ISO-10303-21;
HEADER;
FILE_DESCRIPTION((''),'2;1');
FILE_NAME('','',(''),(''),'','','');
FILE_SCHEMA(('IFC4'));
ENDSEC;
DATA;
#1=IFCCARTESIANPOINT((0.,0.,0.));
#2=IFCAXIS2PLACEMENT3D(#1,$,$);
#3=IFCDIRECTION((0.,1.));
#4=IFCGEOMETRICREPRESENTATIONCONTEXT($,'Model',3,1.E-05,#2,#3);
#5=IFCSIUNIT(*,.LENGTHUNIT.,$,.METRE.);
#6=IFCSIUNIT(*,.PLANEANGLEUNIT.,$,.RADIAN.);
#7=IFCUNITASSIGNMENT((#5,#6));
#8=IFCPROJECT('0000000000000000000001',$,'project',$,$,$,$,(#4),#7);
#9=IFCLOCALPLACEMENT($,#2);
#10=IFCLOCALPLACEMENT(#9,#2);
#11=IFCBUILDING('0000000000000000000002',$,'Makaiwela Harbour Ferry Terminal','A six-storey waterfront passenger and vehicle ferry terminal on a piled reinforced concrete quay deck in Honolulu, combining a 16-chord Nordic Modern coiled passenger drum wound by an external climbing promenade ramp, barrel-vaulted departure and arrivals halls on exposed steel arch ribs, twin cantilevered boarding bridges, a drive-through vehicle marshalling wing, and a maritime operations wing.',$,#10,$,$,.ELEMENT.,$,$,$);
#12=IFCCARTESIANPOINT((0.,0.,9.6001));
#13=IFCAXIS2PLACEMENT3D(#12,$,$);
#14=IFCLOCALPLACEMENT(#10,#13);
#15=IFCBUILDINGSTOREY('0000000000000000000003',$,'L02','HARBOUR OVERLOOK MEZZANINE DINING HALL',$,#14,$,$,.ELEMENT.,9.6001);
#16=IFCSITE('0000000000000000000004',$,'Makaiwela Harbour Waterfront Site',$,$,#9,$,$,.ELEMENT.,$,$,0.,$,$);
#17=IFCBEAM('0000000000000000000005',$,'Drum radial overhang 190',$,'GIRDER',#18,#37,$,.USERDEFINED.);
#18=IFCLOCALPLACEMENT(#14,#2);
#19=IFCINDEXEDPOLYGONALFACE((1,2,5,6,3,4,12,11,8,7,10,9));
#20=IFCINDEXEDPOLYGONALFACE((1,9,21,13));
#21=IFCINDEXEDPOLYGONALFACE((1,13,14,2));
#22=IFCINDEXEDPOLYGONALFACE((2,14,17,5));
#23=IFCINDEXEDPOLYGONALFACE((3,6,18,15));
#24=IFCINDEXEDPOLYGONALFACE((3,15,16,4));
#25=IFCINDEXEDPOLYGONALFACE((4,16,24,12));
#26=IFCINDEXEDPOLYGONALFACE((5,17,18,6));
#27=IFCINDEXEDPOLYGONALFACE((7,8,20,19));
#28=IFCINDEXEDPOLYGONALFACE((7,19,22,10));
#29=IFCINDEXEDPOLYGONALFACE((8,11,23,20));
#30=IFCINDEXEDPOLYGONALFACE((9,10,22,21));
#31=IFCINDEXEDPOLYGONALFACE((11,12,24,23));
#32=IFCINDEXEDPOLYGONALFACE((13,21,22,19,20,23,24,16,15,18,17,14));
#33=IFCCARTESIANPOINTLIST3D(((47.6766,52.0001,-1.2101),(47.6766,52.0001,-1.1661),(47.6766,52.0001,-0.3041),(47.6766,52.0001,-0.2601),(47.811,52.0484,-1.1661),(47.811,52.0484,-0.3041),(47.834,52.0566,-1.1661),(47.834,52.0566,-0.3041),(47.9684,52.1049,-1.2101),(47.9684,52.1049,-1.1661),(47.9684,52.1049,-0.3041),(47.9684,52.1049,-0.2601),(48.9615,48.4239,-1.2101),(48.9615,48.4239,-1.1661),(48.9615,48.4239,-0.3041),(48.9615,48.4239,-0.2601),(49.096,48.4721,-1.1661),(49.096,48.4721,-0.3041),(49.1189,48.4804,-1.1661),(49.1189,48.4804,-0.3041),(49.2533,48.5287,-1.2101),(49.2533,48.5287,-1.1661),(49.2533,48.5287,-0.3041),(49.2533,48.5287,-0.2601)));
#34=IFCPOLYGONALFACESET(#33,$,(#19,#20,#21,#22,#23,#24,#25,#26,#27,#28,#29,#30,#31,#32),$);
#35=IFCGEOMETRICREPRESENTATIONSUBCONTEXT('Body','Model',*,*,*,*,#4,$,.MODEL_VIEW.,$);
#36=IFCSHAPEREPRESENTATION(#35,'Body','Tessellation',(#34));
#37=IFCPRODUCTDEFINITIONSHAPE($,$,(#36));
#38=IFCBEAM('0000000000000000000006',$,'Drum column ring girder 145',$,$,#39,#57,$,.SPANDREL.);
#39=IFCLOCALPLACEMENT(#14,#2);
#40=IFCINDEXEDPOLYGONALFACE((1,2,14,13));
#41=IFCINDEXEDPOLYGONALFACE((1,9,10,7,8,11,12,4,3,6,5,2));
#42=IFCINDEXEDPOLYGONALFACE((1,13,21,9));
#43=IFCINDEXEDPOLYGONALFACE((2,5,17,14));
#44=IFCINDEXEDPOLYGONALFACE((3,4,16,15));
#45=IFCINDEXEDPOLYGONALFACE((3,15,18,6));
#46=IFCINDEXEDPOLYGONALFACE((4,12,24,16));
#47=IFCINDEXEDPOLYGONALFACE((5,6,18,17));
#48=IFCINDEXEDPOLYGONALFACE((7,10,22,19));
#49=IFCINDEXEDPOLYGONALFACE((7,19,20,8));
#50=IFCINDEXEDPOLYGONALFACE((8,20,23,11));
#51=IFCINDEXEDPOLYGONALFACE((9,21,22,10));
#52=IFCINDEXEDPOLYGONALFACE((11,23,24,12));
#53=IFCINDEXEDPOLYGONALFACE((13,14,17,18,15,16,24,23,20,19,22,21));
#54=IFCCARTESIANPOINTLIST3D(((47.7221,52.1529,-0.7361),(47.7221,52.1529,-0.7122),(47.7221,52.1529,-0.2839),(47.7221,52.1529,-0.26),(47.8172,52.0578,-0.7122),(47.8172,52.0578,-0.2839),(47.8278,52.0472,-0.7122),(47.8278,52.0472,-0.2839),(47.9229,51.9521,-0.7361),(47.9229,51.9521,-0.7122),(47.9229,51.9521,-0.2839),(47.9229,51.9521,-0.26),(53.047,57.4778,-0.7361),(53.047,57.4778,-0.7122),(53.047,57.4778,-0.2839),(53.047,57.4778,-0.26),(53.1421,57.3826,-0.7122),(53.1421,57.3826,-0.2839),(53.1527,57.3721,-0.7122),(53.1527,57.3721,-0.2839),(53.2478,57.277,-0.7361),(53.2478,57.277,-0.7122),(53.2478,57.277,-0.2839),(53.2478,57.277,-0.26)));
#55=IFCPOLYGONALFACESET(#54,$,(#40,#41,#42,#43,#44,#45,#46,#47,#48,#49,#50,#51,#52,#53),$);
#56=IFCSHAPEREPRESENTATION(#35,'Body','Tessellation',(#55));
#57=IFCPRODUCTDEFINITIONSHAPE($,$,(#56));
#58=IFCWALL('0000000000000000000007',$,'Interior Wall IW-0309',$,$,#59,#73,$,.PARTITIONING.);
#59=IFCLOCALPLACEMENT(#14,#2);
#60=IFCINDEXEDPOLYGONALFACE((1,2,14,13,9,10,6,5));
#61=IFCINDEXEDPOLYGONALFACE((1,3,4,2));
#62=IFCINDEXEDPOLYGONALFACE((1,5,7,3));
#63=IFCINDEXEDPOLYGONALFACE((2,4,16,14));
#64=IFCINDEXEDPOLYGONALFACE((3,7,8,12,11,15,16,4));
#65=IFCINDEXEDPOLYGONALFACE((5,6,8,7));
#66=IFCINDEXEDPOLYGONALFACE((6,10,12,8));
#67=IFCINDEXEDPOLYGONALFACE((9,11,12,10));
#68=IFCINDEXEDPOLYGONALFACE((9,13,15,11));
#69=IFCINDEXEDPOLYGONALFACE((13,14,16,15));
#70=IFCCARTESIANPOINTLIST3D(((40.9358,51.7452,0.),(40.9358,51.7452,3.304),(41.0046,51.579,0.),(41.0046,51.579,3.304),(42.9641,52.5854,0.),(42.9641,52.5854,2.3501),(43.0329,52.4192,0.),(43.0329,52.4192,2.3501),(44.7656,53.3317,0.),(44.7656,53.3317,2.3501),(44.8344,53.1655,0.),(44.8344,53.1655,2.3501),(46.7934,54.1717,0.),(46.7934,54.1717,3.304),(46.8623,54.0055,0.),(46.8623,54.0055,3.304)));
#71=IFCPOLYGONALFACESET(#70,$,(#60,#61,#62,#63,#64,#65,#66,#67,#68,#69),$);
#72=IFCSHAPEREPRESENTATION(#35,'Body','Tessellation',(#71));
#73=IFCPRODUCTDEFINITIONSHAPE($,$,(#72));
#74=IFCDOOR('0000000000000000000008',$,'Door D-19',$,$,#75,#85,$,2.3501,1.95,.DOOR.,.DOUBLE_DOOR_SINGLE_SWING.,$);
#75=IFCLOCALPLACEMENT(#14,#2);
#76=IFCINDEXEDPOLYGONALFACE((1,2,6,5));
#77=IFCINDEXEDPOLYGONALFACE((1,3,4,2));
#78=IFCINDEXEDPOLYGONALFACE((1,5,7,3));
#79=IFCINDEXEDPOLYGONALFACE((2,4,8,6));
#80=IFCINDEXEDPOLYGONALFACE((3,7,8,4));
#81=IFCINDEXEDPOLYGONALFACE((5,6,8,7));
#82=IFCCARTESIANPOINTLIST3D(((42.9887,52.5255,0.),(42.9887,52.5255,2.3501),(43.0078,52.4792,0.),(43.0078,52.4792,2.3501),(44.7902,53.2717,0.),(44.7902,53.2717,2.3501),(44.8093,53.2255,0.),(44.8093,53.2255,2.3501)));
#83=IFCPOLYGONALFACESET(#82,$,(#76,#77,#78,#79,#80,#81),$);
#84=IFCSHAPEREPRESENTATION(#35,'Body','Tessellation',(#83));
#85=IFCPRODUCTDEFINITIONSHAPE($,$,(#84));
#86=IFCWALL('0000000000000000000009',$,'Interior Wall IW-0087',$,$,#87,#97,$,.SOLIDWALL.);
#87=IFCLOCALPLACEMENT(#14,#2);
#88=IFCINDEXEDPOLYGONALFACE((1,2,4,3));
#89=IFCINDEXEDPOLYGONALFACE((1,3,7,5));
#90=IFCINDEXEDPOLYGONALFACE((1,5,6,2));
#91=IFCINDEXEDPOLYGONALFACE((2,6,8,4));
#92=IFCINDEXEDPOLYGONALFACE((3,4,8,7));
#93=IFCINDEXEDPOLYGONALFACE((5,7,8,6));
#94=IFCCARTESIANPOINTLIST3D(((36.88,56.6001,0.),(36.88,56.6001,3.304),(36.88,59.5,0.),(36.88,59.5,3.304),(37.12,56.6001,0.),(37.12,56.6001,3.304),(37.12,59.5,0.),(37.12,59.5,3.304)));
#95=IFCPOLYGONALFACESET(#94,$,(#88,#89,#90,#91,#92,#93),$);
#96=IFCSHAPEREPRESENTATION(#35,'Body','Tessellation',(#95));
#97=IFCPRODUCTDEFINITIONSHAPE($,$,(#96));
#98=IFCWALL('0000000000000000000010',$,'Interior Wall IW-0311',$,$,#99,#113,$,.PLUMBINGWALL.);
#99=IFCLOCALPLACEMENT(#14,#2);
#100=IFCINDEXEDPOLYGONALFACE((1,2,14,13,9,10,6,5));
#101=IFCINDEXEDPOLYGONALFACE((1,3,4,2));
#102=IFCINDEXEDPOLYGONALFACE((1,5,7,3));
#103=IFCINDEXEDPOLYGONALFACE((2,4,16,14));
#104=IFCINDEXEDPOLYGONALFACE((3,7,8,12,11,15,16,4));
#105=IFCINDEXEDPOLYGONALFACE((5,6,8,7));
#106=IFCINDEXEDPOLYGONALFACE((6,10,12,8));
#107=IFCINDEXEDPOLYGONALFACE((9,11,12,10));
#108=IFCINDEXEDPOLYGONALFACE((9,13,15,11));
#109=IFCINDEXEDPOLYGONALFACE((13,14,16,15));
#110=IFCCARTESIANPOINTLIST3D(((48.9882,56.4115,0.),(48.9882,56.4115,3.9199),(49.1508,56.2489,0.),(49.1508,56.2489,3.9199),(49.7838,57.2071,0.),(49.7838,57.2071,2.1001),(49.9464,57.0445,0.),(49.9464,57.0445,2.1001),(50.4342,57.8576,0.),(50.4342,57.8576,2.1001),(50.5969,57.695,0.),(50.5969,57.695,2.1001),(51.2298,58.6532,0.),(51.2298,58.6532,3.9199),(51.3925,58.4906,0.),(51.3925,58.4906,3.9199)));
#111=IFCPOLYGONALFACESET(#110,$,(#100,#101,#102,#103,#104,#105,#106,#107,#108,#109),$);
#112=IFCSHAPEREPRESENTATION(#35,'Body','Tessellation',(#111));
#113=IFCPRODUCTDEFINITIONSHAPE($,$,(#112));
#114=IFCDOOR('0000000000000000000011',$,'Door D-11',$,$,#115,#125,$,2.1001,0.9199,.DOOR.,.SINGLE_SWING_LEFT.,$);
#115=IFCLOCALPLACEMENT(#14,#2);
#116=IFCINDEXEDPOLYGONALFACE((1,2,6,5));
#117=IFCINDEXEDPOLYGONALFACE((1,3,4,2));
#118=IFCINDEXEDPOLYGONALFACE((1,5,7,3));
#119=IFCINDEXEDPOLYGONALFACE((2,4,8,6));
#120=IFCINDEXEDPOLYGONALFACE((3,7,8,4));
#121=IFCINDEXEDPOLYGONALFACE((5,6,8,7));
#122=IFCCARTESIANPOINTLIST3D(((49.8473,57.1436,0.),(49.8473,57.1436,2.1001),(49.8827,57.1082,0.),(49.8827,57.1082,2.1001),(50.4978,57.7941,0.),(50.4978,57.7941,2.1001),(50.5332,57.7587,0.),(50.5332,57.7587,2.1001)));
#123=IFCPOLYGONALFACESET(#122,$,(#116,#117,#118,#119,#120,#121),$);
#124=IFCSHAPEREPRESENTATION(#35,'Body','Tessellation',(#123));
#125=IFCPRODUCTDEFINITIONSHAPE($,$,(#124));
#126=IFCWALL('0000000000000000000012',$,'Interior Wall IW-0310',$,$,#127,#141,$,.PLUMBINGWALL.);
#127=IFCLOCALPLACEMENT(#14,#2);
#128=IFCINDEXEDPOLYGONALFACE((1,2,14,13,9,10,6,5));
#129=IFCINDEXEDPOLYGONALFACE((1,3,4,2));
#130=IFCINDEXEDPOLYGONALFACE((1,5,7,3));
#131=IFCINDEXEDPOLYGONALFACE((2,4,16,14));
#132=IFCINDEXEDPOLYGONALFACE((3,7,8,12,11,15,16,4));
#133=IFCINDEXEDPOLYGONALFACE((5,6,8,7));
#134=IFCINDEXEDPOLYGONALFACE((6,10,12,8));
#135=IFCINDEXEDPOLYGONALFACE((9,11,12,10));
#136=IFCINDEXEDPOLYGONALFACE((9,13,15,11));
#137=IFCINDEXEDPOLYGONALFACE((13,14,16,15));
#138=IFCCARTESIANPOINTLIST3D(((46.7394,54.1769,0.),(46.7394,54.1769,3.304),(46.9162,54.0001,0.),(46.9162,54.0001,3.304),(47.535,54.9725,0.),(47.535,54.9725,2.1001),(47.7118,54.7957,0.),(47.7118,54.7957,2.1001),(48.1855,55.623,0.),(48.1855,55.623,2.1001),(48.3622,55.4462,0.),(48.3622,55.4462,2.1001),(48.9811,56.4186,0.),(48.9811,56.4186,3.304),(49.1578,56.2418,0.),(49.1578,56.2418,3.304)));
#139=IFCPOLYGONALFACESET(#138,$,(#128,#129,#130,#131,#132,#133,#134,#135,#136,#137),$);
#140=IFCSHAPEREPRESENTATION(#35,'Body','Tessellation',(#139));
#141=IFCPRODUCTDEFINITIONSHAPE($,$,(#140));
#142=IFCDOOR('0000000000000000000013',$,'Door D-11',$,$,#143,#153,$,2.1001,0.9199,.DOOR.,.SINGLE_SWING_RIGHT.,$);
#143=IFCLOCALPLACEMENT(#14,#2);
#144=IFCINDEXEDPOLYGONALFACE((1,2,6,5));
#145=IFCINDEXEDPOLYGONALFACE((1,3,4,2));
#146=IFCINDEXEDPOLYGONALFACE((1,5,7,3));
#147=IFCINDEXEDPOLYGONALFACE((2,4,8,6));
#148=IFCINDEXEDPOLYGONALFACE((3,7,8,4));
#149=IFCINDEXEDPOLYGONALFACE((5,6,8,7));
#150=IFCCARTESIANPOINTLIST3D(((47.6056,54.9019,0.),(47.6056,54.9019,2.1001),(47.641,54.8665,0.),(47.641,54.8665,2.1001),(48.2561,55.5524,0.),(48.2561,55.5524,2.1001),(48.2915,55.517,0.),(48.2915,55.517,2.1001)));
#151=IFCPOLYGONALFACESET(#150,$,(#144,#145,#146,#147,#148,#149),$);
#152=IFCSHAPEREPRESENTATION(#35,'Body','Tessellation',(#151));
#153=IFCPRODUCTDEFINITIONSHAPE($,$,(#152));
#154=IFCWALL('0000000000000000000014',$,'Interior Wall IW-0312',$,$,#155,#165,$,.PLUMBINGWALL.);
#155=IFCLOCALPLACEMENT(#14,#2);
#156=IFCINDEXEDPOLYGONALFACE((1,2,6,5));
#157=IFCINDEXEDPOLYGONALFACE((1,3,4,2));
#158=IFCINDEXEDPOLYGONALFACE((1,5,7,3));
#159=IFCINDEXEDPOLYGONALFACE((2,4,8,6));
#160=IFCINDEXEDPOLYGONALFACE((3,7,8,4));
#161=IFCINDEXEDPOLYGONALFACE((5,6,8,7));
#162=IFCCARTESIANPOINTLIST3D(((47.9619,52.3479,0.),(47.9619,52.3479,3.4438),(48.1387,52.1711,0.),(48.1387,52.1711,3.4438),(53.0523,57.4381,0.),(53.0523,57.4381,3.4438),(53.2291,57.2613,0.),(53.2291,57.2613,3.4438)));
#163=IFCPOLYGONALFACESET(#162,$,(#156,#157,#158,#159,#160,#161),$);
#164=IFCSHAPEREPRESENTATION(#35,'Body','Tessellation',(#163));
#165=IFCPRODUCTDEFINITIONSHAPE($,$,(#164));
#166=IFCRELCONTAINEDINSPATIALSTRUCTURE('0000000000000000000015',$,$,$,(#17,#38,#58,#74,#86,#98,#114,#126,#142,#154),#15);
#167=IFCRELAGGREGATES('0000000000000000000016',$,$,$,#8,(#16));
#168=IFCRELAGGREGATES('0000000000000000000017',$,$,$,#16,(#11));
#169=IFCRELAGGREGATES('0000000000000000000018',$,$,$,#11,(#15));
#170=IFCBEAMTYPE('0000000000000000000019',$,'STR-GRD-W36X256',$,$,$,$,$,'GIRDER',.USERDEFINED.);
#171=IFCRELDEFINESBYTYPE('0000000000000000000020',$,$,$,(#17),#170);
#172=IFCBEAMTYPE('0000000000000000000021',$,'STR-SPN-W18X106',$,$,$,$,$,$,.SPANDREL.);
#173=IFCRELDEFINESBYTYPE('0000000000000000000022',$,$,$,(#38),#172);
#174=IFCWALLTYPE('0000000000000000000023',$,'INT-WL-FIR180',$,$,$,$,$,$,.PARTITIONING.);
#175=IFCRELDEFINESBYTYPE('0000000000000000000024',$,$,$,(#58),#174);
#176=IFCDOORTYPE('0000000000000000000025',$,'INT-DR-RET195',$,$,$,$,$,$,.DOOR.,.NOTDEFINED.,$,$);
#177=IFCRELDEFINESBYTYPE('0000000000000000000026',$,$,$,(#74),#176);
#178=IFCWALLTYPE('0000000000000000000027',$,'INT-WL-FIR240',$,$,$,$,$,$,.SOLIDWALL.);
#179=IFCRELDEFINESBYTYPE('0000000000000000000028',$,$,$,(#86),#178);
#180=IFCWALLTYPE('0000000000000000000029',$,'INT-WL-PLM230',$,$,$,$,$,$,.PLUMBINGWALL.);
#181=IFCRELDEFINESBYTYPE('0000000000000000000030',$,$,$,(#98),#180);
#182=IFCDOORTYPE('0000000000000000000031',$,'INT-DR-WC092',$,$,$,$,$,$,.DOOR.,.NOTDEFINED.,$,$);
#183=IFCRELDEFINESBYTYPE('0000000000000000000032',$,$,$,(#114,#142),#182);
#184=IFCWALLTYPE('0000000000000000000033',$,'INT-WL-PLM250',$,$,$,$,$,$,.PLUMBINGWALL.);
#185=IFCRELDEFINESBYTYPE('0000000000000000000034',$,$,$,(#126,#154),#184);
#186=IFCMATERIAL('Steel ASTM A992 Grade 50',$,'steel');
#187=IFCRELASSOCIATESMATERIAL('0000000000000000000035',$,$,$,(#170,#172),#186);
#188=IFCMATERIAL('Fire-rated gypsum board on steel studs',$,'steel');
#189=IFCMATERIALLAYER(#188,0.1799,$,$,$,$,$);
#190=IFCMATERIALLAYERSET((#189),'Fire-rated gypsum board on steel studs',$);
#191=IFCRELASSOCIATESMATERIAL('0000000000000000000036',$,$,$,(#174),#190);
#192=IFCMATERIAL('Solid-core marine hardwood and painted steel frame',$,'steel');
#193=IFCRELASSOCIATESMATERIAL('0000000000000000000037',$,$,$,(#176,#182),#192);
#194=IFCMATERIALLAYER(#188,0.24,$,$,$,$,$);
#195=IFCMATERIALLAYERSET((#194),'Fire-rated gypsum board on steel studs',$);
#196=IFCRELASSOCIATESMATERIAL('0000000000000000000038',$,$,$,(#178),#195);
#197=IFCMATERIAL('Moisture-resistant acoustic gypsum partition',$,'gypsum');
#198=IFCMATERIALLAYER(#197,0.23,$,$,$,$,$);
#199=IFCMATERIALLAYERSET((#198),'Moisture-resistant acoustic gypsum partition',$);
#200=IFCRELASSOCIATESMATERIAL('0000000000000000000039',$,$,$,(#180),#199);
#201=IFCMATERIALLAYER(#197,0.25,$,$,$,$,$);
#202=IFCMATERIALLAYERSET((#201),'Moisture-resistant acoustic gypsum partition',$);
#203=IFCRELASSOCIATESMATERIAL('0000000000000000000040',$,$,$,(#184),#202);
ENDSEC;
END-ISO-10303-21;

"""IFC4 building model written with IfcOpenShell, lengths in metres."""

from ifc_helpers import new_model, si_unit, direction, frame, frame_2d, origin, origin_2d, place, context, subcontext, project, spatial, rectangle, i_section, extrude, material, layer, layer_set, material_profile, profile_set, type_object, element, fill, save


model = new_model("IFC4")

# Units and contexts
model_context = context("Model", 3, precision=1e-05, world=origin(), true_north=direction((0.0, 1.0)))
body_context = subcontext(model_context, "Body", "Model", "MODEL_VIEW")
ifc_project = project(units=[si_unit("LENGTHUNIT", "METRE"), si_unit("PLANEANGLEUNIT", "RADIAN")], contexts=[model_context])

# Site, building, storey
site_placement = place(None, origin())
site = spatial("IfcSite", under=ifc_project, at=site_placement, Name="Makaiwela Harbour Waterfront Site", CompositionType="ELEMENT", RefElevation=0.0)
building_placement = place(site_placement, origin())
building = spatial("IfcBuilding", under=site, at=building_placement, Name="Makaiwela Harbour Ferry Terminal", Description="A six-storey waterfront passenger and vehicle ferry terminal on a piled reinforced concrete quay deck in Honolulu, combining a 16-chord Nordic Modern coiled passenger drum wound by an external climbing promenade ramp, barrel-vaulted departure and arrivals halls on exposed steel arch ribs, twin cantilevered boarding bridges, a drive-through vehicle marshalling wing, and a maritime operations wing.", CompositionType="ELEMENT")
storey_placement = place(building_placement, frame((0.0, 0.0, 9.6001)))
storey = spatial("IfcBuildingStorey", under=building, at=storey_placement, Name="L02", Description="HARBOUR OVERLOOK MEZZANINE DINING HALL", CompositionType="ELEMENT", Elevation=9.6001)

# Shared definitions
ifc_material_1 = material(Name="Steel ASTM A992 Grade 50", Category="steel")

# Beams
ifc_material_profile_1 = material_profile(ifc_material_1, i_section(OverallWidth=0.3101, OverallDepth=0.95, WebThickness=0.0244, FlangeThickness=0.0439, at=origin_2d()), Name="W36X256")
ifc_profile_set_1 = profile_set([ifc_material_profile_1], Name="Steel ASTM A992 Grade 50")
beam_type_1 = type_object("IfcBeamType", Name="STR-GRD-W36X256", ElementType="GIRDER", PredefinedType="USERDEFINED", material=ifc_profile_set_1)
beam_1_placement = place(storey_placement, frame((47.8225, 52.0525, -0.7351), z_axis=(0.338135, -0.941098, 0.0), x_axis=(0.941098, 0.338135, 0.0)))
element("IfcBeam", 1, at=beam_1_placement, inside=storey, type_object=beam_type_1, Name="Drum radial overhang 190", ObjectType="GIRDER", PredefinedType="USERDEFINED", context=body_context, shape_type="SweptSolid", body=[
    extrude(i_section(OverallWidth=0.3101, OverallDepth=0.95, WebThickness=0.0244, FlangeThickness=0.0439, at=origin_2d()), origin(), (0.0, 0.0, 1.0), 3.8),
])
ifc_material_profile_2 = material_profile(ifc_material_1, i_section(OverallWidth=0.2839, OverallDepth=0.4761, WebThickness=0.0149, FlangeThickness=0.0239, at=origin_2d()), Name="W18X106")
ifc_profile_set_2 = profile_set([ifc_material_profile_2], Name="Steel ASTM A992 Grade 50")
beam_type_2 = type_object("IfcBeamType", Name="STR-SPN-W18X106", PredefinedType="SPANDREL", material=ifc_profile_set_2)
beam_2_placement = place(storey_placement, frame((47.8225, 52.0525, -0.498), z_axis=(0.707107, 0.707107, 0.0), x_axis=(-0.707107, 0.707107, 0.0)))
element("IfcBeam", 2, at=beam_2_placement, inside=storey, type_object=beam_type_2, Name="Drum column ring girder 145", PredefinedType="SPANDREL", context=body_context, shape_type="SweptSolid", body=[
    extrude(i_section(OverallWidth=0.2839, OverallDepth=0.4761, WebThickness=0.0149, FlangeThickness=0.0239, at=origin_2d()), origin(), (0.0, 0.0, 1.0), 7.5305),
])

# Wall, opening, door
ifc_material_2 = material(Name="Fire-rated gypsum board on steel studs", Category="steel")
ifc_layer_1 = layer(ifc_material_2, 0.1799)
ifc_layer_set_1 = layer_set([ifc_layer_1], Name="Fire-rated gypsum board on steel studs")
wall_type_1 = type_object("IfcWallType", Name="INT-WL-FIR180", PredefinedType="PARTITIONING", material=ifc_layer_set_1)
wall_1_placement = place(storey_placement, frame((40.9702, 51.6621, 0.0), z_axis=(0.0, 0.0, 1.0), x_axis=(0.923869, 0.382709, 0.0)))
wall_1 = element("IfcWall", 3, at=wall_1_placement, inside=storey, type_object=wall_type_1, Name="Interior Wall IW-0309", PredefinedType="PARTITIONING", context=body_context, shape_type="SweptSolid", body=[
    extrude(rectangle(XDim=6.3403, YDim=0.1799, at=frame_2d((3.1702, 0.0))), origin(), (0.0, 0.0, 1.0), 3.304),
])
opening_1_placement = place(wall_1_placement, frame((2.1953, 0.0, 0.0)))
opening_1 = element("IfcOpeningElement", 4, at=opening_1_placement, cuts=wall_1, PredefinedType="OPENING", context=body_context, shape_type="SweptSolid", body=[
    extrude(rectangle(XDim=1.95, YDim=2.3501, at=frame_2d((0.9751, 1.175))), frame((0.0, 0.0999, 0.0), z_axis=(0.0, -1.0, 0.0), x_axis=(1.0, 0.0, 0.0)), (0.0, 0.0, 1.0), 0.2),
])
ifc_material_3 = material(Name="Solid-core marine hardwood and painted steel frame", Category="steel")
door_type_1 = type_object("IfcDoorType", Name="INT-DR-RET195", OperationType="NOTDEFINED", PredefinedType="DOOR", material=ifc_material_3)
door_1_placement = place(opening_1_placement, frame((1.95, 0.0, 0.0), z_axis=(0.0, 0.0, 1.0), x_axis=(-1.0, 0.0, 0.0)))
door_1 = element("IfcDoor", 5, at=door_1_placement, inside=storey, type_object=door_type_1, Name="Door D-19", OperationType="DOUBLE_DOOR_SINGLE_SWING", OverallHeight=2.3501, OverallWidth=1.95, PredefinedType="DOOR", context=body_context, shape_type="SweptSolid", body=[
    extrude(rectangle(XDim=1.95, YDim=2.3501, at=frame_2d((0.9751, 1.175))), frame((0.0, 0.0249, 0.0), z_axis=(0.0, -1.0, 0.0), x_axis=(1.0, 0.0, 0.0)), (0.0, 0.0, 1.0), 0.05),
])
fill(opening_1, door_1)

# Wall
ifc_layer_2 = layer(ifc_material_2, 0.24)
ifc_layer_set_2 = layer_set([ifc_layer_2], Name="Fire-rated gypsum board on steel studs")
wall_type_2 = type_object("IfcWallType", Name="INT-WL-FIR240", PredefinedType="SOLIDWALL", material=ifc_layer_set_2)
wall_2_placement = place(storey_placement, frame((37.0, 56.6001, 0.0), z_axis=(0.0, 0.0, 1.0), x_axis=(0.0, 1.0, 0.0)))
element("IfcWall", 6, at=wall_2_placement, inside=storey, type_object=wall_type_2, Name="Interior Wall IW-0087", PredefinedType="SOLIDWALL", context=body_context, shape_type="SweptSolid", body=[
    extrude(rectangle(XDim=2.8999, YDim=0.24, at=frame_2d((1.45, 0.0))), origin(), (0.0, 0.0, 1.0), 3.304),
])

# Walls, openings, doors
ifc_material_4 = material(Name="Moisture-resistant acoustic gypsum partition", Category="gypsum")
ifc_layer_3 = layer(ifc_material_4, 0.23)
ifc_layer_set_3 = layer_set([ifc_layer_3], Name="Moisture-resistant acoustic gypsum partition")
wall_type_3 = type_object("IfcWallType", Name="INT-WL-PLM230", PredefinedType="PLUMBINGWALL", material=ifc_layer_set_3)
wall_3_placement = place(storey_placement, frame((49.0696, 56.3303, 0.0), z_axis=(0.0, 0.0, 1.0), x_axis=(0.707107, 0.707107, 0.0)))
wall_3 = element("IfcWall", 7, at=wall_3_placement, inside=storey, type_object=wall_type_3, Name="Interior Wall IW-0311", PredefinedType="PLUMBINGWALL", context=body_context, shape_type="SweptSolid", body=[
    extrude(rectangle(XDim=3.1702, YDim=0.23, at=frame_2d((1.585, 0.0))), origin(), (0.0, 0.0, 1.0), 3.9199),
])
opening_2_placement = place(wall_3_placement, frame((1.125, 0.0, 0.0)))
opening_2 = element("IfcOpeningElement", 8, at=opening_2_placement, cuts=wall_3, PredefinedType="OPENING", context=body_context, shape_type="SweptSolid", body=[
    extrude(rectangle(XDim=0.9199, YDim=2.1001, at=frame_2d((0.46, 1.05))), frame((0.0, 0.125, 0.0), z_axis=(0.0, -1.0, 0.0), x_axis=(1.0, 0.0, 0.0)), (0.0, 0.0, 1.0), 0.25),
])
door_type_2 = type_object("IfcDoorType", Name="INT-DR-WC092", OperationType="NOTDEFINED", PredefinedType="DOOR", material=ifc_material_3)
door_2_placement = place(opening_2_placement, frame((0.9199, 0.0, 0.0), z_axis=(0.0, 0.0, 1.0), x_axis=(-1.0, 0.0, 0.0)))
door_2 = element("IfcDoor", 9, at=door_2_placement, inside=storey, type_object=door_type_2, Name="Door D-11", OperationType="SINGLE_SWING_LEFT", OverallHeight=2.1001, OverallWidth=0.9199, PredefinedType="DOOR", context=body_context, shape_type="SweptSolid", body=[
    extrude(rectangle(XDim=0.9199, YDim=2.1001, at=frame_2d((0.46, 1.05))), frame((0.0, 0.0249, 0.0), z_axis=(0.0, -1.0, 0.0), x_axis=(1.0, 0.0, 0.0)), (0.0, 0.0, 1.0), 0.05),
])
fill(opening_2, door_2)
ifc_layer_4 = layer(ifc_material_4, 0.25)
ifc_layer_set_4 = layer_set([ifc_layer_4], Name="Moisture-resistant acoustic gypsum partition")
wall_type_4 = type_object("IfcWallType", Name="INT-WL-PLM250", PredefinedType="PLUMBINGWALL", material=ifc_layer_set_4)
wall_4_placement = place(storey_placement, frame((46.8279, 54.0886, 0.0), z_axis=(0.0, 0.0, 1.0), x_axis=(0.707107, 0.707107, 0.0)))
wall_4 = element("IfcWall", 10, at=wall_4_placement, inside=storey, type_object=wall_type_4, Name="Interior Wall IW-0310", PredefinedType="PLUMBINGWALL", context=body_context, shape_type="SweptSolid", body=[
    extrude(rectangle(XDim=3.1702, YDim=0.25, at=frame_2d((1.585, 0.0))), origin(), (0.0, 0.0, 1.0), 3.304),
])
opening_3_placement = place(wall_4_placement, frame((1.125, 0.0, 0.0)))
opening_3 = element("IfcOpeningElement", 11, at=opening_3_placement, cuts=wall_4, PredefinedType="OPENING", context=body_context, shape_type="SweptSolid", body=[
    extrude(rectangle(XDim=0.9199, YDim=2.1001, at=frame_2d((0.46, 1.05))), frame((0.0, 0.135, 0.0), z_axis=(0.0, -1.0, 0.0), x_axis=(1.0, 0.0, 0.0)), (0.0, 0.0, 1.0), 0.27),
])
door_3_placement = place(opening_3_placement, frame((0.9199, 0.0, 0.0), z_axis=(0.0, 0.0, 1.0), x_axis=(-1.0, 0.0, 0.0)))
door_3 = element("IfcDoor", 12, at=door_3_placement, inside=storey, type_object=door_type_2, Name="Door D-11", OperationType="SINGLE_SWING_RIGHT", OverallHeight=2.1001, OverallWidth=0.9199, PredefinedType="DOOR", context=body_context, shape_type="SweptSolid", body=[
    extrude(rectangle(XDim=0.9199, YDim=2.1001, at=frame_2d((0.46, 1.05))), frame((0.0, 0.0249, 0.0), z_axis=(0.0, -1.0, 0.0), x_axis=(1.0, 0.0, 0.0)), (0.0, 0.0, 1.0), 0.05),
])
fill(opening_3, door_3)

# Wall
wall_5_placement = place(storey_placement, frame((48.0503, 52.2595, 0.0), z_axis=(0.0, 0.0, 1.0), x_axis=(0.707124, 0.70709, 0.0)))
element("IfcWall", 13, at=wall_5_placement, inside=storey, type_object=wall_type_4, Name="Interior Wall IW-0312", PredefinedType="PLUMBINGWALL", context=body_context, shape_type="SweptSolid", body=[
    extrude(rectangle(XDim=7.1987, YDim=0.25, at=frame_2d((3.5994, 0.0))), origin(), (0.0, 0.0, 1.0), 3.4438),
])

save(model, "model.ifc")
